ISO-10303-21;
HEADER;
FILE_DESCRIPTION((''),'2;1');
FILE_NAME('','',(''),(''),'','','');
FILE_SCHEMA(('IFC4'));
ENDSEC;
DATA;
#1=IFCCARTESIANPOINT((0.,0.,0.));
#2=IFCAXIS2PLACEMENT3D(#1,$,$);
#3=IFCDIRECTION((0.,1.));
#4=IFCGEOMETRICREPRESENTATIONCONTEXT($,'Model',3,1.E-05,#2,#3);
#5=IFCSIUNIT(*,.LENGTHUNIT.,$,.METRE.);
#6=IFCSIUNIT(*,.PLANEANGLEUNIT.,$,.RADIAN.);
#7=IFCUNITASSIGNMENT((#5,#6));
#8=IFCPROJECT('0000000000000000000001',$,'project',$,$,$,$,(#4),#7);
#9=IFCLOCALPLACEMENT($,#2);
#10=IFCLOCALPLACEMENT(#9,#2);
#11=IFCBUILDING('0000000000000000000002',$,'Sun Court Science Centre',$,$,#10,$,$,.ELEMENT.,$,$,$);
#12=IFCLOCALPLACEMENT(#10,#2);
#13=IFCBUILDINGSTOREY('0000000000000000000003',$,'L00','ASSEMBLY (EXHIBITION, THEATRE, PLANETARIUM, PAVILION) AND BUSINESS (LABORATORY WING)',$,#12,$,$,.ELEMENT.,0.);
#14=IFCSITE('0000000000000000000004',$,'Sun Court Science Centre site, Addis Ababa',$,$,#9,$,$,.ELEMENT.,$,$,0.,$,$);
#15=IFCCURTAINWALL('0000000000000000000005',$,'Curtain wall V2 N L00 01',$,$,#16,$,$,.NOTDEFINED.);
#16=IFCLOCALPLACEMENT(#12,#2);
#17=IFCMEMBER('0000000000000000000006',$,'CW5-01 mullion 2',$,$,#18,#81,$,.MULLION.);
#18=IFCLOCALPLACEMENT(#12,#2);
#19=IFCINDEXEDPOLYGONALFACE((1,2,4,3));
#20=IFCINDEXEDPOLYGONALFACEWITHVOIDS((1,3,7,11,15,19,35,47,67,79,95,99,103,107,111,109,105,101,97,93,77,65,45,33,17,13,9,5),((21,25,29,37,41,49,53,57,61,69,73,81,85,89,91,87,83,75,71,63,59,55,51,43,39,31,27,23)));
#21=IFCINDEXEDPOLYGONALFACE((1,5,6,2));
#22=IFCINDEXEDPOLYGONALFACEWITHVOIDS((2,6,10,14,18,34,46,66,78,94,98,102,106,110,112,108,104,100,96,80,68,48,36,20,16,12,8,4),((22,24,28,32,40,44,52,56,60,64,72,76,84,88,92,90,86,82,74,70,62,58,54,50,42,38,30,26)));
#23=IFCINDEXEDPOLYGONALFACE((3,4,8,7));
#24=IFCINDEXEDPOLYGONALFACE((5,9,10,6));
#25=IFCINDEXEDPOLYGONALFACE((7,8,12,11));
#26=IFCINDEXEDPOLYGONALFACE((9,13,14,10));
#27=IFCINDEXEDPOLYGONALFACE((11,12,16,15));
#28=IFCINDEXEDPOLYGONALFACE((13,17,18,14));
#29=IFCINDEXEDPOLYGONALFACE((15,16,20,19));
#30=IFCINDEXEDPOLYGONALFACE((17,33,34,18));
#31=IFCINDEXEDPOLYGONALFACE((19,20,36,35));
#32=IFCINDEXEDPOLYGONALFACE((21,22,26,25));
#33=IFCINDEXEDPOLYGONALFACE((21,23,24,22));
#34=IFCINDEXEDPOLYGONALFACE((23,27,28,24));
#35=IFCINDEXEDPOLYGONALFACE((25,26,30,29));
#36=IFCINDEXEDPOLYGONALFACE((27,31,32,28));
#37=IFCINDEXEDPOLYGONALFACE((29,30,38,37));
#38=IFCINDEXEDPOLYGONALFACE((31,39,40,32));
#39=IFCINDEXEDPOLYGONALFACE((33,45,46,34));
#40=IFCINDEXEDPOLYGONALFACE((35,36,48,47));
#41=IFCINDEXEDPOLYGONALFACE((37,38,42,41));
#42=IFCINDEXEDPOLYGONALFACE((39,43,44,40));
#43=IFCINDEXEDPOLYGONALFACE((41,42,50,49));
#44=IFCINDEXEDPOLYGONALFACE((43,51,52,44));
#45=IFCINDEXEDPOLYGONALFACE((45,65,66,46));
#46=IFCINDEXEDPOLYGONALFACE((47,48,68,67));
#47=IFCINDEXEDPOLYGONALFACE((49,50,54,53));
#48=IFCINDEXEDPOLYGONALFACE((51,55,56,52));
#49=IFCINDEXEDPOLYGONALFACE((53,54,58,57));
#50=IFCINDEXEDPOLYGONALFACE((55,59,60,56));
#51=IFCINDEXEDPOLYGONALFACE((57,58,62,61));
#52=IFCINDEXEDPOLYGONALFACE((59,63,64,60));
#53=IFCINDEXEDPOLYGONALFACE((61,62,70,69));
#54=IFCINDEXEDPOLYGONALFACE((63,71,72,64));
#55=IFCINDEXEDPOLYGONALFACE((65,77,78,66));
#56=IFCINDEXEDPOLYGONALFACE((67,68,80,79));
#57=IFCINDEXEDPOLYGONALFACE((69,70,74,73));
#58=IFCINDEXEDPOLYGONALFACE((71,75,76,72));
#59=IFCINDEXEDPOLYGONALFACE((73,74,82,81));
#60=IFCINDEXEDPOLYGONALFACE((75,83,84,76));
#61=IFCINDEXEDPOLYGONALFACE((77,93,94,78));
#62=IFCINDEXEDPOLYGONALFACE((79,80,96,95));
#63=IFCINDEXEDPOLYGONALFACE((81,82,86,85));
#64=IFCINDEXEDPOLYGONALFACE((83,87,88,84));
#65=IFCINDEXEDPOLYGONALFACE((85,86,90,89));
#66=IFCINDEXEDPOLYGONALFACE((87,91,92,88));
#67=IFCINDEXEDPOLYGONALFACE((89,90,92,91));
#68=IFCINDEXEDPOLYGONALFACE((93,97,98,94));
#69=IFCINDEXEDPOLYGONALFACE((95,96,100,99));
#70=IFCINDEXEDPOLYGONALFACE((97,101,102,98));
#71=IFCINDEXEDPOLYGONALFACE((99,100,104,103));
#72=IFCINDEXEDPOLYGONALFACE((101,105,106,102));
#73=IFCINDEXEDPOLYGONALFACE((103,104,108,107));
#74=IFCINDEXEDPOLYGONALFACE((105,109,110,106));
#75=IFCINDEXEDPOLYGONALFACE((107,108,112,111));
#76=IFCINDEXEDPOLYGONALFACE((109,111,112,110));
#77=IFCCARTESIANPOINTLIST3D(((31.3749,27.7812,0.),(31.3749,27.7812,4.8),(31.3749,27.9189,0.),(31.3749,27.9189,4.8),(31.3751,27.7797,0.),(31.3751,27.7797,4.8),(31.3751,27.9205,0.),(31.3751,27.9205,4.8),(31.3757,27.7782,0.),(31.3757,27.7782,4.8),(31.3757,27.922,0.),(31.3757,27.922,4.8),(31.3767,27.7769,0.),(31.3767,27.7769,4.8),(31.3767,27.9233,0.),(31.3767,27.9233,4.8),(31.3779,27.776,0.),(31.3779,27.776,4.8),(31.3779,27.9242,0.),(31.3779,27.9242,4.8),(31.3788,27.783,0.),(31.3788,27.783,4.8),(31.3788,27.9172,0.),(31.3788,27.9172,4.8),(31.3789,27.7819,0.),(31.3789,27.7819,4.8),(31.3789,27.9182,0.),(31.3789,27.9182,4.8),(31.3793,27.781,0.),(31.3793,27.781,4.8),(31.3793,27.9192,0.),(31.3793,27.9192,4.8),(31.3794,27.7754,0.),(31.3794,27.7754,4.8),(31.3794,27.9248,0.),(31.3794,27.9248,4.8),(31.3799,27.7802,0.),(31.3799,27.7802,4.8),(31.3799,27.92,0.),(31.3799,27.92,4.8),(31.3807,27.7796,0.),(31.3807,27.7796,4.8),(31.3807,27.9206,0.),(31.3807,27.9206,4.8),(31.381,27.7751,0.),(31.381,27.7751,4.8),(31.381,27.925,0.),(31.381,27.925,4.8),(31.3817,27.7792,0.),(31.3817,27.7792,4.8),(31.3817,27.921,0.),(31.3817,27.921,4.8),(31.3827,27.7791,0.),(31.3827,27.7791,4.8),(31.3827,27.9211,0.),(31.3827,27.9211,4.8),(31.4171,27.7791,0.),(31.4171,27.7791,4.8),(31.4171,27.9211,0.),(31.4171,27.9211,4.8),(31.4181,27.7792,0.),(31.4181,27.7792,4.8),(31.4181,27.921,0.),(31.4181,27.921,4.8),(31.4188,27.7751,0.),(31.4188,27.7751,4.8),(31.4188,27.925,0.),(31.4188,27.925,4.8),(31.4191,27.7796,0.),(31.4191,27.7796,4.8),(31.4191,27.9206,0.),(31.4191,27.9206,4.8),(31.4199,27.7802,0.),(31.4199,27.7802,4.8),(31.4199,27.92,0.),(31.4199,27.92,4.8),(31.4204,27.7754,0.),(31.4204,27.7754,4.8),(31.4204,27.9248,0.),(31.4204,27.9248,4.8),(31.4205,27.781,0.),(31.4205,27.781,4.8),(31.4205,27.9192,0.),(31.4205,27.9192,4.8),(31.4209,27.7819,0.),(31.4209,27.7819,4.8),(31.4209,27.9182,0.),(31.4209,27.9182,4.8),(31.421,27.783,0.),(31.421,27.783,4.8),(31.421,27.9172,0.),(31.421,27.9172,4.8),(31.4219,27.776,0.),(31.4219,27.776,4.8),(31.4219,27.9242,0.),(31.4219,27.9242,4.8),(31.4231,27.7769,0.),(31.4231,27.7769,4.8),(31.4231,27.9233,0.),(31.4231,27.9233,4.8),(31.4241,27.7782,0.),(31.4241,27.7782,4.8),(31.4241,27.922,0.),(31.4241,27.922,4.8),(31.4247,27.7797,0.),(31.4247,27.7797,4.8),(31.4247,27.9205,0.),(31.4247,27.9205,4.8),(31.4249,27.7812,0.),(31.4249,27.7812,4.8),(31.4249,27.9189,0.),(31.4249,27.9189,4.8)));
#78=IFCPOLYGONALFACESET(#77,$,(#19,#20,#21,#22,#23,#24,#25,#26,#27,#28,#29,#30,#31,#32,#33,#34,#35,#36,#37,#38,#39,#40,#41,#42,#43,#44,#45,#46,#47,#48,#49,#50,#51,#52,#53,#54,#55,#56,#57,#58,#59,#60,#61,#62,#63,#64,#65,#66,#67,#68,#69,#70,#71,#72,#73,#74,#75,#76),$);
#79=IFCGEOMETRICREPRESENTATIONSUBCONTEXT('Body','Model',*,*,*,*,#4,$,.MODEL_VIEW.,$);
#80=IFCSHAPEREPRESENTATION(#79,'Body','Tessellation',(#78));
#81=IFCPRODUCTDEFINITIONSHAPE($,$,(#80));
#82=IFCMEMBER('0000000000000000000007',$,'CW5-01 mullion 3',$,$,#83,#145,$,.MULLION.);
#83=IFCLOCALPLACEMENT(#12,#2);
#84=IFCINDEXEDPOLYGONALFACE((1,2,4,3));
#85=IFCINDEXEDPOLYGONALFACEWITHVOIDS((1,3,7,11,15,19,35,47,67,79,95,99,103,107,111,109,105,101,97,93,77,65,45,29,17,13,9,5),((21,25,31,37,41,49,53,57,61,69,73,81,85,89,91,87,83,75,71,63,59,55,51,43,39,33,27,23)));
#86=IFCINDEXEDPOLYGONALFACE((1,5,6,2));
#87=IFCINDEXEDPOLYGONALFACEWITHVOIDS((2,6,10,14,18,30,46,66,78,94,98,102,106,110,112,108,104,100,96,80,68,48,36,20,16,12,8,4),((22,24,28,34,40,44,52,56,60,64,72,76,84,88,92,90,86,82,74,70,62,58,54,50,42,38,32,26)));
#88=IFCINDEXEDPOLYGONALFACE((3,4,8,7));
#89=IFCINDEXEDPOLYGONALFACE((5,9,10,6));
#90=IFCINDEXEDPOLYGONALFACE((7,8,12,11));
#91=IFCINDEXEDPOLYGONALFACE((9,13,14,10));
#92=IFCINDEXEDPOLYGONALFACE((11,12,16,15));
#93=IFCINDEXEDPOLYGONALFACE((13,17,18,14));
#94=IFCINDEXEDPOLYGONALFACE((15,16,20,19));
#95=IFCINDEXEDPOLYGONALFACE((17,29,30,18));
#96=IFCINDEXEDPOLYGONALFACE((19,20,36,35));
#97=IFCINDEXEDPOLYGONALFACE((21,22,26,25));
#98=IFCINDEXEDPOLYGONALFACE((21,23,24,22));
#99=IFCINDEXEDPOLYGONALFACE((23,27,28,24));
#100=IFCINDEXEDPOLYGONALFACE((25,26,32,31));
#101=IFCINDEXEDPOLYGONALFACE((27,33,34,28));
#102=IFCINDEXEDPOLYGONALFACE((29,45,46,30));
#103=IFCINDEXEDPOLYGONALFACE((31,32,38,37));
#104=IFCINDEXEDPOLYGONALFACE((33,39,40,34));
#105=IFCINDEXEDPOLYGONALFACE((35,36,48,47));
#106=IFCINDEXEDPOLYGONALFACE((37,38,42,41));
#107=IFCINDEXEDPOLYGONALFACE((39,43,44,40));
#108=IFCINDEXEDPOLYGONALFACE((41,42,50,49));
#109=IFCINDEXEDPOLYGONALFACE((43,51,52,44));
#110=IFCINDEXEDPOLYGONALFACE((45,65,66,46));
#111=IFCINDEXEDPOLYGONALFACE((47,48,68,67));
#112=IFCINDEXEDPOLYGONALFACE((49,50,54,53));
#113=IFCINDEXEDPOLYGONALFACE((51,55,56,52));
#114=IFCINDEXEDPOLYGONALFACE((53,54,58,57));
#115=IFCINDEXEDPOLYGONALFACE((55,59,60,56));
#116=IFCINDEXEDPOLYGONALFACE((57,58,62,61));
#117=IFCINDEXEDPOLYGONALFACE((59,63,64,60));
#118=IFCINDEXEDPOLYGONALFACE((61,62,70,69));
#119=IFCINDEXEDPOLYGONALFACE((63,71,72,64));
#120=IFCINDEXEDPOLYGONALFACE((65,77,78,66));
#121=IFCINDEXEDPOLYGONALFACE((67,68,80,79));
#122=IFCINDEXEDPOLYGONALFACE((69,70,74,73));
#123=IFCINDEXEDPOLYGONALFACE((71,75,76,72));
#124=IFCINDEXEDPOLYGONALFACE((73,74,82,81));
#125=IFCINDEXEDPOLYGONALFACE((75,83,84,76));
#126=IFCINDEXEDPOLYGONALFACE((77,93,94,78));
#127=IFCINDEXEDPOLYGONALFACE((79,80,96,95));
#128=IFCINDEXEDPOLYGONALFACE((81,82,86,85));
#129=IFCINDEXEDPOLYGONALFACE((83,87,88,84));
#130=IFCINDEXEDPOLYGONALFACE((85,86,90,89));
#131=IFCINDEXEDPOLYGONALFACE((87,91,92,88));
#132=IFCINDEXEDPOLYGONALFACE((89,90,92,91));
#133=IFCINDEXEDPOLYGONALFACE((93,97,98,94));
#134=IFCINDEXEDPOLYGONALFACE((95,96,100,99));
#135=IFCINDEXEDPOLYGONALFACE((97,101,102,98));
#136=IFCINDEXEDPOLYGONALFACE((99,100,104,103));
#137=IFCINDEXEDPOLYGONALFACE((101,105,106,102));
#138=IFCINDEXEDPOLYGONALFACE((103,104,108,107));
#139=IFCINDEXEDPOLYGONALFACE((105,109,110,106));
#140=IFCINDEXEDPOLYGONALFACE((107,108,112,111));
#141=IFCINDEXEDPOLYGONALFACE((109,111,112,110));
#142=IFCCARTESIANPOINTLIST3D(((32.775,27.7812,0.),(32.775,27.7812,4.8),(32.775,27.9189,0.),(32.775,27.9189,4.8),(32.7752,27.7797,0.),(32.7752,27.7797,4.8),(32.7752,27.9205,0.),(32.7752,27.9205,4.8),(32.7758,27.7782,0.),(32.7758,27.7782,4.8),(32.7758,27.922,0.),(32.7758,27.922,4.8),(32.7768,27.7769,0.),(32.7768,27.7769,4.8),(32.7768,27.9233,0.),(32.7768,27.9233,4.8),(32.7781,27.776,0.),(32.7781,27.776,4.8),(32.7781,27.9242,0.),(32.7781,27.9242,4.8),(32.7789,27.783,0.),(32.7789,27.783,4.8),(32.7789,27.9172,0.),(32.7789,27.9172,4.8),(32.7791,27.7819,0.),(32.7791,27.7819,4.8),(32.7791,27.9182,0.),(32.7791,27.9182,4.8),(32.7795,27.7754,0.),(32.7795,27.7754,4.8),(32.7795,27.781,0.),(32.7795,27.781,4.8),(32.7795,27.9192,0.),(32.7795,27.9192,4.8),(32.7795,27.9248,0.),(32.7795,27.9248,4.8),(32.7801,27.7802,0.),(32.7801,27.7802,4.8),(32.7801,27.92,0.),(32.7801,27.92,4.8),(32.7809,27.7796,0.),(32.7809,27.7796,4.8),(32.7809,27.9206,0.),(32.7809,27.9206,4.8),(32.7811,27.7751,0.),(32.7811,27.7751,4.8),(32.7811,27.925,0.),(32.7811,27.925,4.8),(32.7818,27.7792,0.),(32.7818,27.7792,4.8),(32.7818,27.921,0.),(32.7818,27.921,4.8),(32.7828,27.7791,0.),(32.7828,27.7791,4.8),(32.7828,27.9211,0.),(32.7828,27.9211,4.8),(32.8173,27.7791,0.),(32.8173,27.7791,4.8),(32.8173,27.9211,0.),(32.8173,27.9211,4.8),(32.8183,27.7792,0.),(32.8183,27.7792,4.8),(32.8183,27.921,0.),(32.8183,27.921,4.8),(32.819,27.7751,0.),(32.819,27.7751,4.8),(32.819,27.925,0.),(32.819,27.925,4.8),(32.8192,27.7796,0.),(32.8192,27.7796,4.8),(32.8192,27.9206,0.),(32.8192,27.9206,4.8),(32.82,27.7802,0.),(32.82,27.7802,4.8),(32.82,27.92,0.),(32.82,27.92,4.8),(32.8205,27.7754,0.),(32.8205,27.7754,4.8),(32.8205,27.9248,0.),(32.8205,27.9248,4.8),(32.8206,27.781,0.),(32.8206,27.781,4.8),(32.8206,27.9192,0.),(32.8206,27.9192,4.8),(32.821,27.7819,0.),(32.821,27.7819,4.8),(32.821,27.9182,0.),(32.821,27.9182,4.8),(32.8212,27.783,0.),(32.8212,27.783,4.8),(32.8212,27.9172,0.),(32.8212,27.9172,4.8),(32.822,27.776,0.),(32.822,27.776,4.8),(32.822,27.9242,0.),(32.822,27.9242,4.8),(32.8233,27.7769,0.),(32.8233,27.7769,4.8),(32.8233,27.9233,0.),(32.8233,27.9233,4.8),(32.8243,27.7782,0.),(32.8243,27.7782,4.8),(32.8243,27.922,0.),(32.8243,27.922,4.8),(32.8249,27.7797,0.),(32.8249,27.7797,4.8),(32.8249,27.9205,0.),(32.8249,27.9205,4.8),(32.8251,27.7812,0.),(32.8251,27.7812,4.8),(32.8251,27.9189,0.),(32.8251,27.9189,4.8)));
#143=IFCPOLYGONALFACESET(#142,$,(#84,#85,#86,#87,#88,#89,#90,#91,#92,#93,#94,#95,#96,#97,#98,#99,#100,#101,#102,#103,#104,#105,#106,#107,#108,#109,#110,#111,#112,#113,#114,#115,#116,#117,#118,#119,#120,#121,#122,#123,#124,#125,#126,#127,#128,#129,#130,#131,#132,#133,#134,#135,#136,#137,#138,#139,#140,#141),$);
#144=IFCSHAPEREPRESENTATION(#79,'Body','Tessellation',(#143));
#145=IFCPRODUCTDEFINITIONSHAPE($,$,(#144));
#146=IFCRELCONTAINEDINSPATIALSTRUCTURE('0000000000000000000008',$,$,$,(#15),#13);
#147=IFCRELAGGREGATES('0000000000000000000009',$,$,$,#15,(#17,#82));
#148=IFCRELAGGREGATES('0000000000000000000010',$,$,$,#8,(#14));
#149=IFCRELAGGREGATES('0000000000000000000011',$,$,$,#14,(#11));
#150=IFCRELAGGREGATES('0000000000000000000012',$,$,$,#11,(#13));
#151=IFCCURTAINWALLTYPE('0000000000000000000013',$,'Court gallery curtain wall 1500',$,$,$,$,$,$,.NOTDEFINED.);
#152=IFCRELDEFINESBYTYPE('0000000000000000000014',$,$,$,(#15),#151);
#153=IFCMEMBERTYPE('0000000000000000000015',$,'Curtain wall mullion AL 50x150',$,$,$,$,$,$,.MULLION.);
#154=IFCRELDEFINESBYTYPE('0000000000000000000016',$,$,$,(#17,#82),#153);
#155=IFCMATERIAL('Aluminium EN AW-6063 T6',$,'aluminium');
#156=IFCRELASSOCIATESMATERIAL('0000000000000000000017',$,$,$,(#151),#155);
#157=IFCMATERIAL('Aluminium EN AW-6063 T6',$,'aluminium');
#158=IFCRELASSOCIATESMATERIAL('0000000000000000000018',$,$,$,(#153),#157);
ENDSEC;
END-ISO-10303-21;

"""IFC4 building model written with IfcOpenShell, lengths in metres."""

from ifc_helpers import new_model, si_unit, direction, frame, origin, origin_2d, place, context, subcontext, project, spatial, hollow_rectangle, extrude, material, material_profile, profile_set, type_object, element, aggregate, save


model = new_model("IFC4")

# Units and contexts
model_context = context("Model", 3, precision=1e-05, world=origin(), true_north=direction((0.0, 1.0)))
body_context = subcontext(model_context, "Body", "Model", "MODEL_VIEW")
ifc_project = project(units=[si_unit("LENGTHUNIT", "METRE"), si_unit("PLANEANGLEUNIT", "RADIAN")], contexts=[model_context])

# Site, building, storey
site_placement = place(None, origin())
site = spatial("IfcSite", under=ifc_project, at=site_placement, Name="Sun Court Science Centre site, Addis Ababa", CompositionType="ELEMENT", RefElevation=0.0)
building_placement = place(site_placement, origin())
building = spatial("IfcBuilding", under=site, at=building_placement, Name="Sun Court Science Centre", CompositionType="ELEMENT")
storey_placement = place(building_placement, origin())
storey = spatial("IfcBuildingStorey", under=building, at=storey_placement, Name="L00", Description="ASSEMBLY (EXHIBITION, THEATRE, PLANETARIUM, PAVILION) AND BUSINESS (LABORATORY WING)", CompositionType="ELEMENT", Elevation=0.0)

# Curtain wall, members
ifc_material_1 = material(Name="Aluminium EN AW-6063 T6", Category="aluminium")
curtain_wall_type = type_object("IfcCurtainWallType", Name="Court gallery curtain wall 1500", PredefinedType="NOTDEFINED", material=ifc_material_1)
curtain_wall_placement = place(storey_placement, origin())
curtain_wall = element("IfcCurtainWall", 1, at=curtain_wall_placement, inside=storey, type_object=curtain_wall_type, Name="Curtain wall V2 N L00 01", PredefinedType="NOTDEFINED")
ifc_material_2 = material(Name="Aluminium EN AW-6063 T6", Category="aluminium")
ifc_material_profile_1 = material_profile(ifc_material_2, hollow_rectangle(XDim=0.05, YDim=0.1499, WallThickness=0.0039, InnerFilletRadius=0.0039, OuterFilletRadius=0.0061, at=origin_2d()), Name="AL 50x150x4")
ifc_profile_set_1 = profile_set([ifc_material_profile_1], Name="Aluminium EN AW-6063 T6")
member_type_1 = type_object("IfcMemberType", Name="Curtain wall mullion AL 50x150", PredefinedType="MULLION", material=ifc_profile_set_1)
member_1_placement = place(storey_placement, frame((31.3999, 27.8501, 0.0), z_axis=(0.0, 0.0, 1.0), x_axis=(1.0, 0.0, 0.0)))
member_1 = element("IfcMember", 2, at=member_1_placement, type_object=member_type_1, Name="CW5-01 mullion 2", PredefinedType="MULLION", context=body_context, shape_type="SweptSolid", body=[
    extrude(hollow_rectangle(XDim=0.05, YDim=0.1499, WallThickness=0.0039, InnerFilletRadius=0.0039, OuterFilletRadius=0.0061, at=origin_2d()), origin(), (0.0, 0.0, 1.0), 4.8),
])
member_2_placement = place(storey_placement, frame((32.8, 27.8501, 0.0), z_axis=(0.0, 0.0, 1.0), x_axis=(1.0, 0.0, 0.0)))
member_2 = element("IfcMember", 3, at=member_2_placement, type_object=member_type_1, Name="CW5-01 mullion 3", PredefinedType="MULLION", context=body_context, shape_type="SweptSolid", body=[
    extrude(hollow_rectangle(XDim=0.05, YDim=0.1499, WallThickness=0.0039, InnerFilletRadius=0.0039, OuterFilletRadius=0.0061, at=origin_2d()), origin(), (0.0, 0.0, 1.0), 4.8),
])
aggregate(curtain_wall, [member_1, member_2])

save(model, "model.ifc")
